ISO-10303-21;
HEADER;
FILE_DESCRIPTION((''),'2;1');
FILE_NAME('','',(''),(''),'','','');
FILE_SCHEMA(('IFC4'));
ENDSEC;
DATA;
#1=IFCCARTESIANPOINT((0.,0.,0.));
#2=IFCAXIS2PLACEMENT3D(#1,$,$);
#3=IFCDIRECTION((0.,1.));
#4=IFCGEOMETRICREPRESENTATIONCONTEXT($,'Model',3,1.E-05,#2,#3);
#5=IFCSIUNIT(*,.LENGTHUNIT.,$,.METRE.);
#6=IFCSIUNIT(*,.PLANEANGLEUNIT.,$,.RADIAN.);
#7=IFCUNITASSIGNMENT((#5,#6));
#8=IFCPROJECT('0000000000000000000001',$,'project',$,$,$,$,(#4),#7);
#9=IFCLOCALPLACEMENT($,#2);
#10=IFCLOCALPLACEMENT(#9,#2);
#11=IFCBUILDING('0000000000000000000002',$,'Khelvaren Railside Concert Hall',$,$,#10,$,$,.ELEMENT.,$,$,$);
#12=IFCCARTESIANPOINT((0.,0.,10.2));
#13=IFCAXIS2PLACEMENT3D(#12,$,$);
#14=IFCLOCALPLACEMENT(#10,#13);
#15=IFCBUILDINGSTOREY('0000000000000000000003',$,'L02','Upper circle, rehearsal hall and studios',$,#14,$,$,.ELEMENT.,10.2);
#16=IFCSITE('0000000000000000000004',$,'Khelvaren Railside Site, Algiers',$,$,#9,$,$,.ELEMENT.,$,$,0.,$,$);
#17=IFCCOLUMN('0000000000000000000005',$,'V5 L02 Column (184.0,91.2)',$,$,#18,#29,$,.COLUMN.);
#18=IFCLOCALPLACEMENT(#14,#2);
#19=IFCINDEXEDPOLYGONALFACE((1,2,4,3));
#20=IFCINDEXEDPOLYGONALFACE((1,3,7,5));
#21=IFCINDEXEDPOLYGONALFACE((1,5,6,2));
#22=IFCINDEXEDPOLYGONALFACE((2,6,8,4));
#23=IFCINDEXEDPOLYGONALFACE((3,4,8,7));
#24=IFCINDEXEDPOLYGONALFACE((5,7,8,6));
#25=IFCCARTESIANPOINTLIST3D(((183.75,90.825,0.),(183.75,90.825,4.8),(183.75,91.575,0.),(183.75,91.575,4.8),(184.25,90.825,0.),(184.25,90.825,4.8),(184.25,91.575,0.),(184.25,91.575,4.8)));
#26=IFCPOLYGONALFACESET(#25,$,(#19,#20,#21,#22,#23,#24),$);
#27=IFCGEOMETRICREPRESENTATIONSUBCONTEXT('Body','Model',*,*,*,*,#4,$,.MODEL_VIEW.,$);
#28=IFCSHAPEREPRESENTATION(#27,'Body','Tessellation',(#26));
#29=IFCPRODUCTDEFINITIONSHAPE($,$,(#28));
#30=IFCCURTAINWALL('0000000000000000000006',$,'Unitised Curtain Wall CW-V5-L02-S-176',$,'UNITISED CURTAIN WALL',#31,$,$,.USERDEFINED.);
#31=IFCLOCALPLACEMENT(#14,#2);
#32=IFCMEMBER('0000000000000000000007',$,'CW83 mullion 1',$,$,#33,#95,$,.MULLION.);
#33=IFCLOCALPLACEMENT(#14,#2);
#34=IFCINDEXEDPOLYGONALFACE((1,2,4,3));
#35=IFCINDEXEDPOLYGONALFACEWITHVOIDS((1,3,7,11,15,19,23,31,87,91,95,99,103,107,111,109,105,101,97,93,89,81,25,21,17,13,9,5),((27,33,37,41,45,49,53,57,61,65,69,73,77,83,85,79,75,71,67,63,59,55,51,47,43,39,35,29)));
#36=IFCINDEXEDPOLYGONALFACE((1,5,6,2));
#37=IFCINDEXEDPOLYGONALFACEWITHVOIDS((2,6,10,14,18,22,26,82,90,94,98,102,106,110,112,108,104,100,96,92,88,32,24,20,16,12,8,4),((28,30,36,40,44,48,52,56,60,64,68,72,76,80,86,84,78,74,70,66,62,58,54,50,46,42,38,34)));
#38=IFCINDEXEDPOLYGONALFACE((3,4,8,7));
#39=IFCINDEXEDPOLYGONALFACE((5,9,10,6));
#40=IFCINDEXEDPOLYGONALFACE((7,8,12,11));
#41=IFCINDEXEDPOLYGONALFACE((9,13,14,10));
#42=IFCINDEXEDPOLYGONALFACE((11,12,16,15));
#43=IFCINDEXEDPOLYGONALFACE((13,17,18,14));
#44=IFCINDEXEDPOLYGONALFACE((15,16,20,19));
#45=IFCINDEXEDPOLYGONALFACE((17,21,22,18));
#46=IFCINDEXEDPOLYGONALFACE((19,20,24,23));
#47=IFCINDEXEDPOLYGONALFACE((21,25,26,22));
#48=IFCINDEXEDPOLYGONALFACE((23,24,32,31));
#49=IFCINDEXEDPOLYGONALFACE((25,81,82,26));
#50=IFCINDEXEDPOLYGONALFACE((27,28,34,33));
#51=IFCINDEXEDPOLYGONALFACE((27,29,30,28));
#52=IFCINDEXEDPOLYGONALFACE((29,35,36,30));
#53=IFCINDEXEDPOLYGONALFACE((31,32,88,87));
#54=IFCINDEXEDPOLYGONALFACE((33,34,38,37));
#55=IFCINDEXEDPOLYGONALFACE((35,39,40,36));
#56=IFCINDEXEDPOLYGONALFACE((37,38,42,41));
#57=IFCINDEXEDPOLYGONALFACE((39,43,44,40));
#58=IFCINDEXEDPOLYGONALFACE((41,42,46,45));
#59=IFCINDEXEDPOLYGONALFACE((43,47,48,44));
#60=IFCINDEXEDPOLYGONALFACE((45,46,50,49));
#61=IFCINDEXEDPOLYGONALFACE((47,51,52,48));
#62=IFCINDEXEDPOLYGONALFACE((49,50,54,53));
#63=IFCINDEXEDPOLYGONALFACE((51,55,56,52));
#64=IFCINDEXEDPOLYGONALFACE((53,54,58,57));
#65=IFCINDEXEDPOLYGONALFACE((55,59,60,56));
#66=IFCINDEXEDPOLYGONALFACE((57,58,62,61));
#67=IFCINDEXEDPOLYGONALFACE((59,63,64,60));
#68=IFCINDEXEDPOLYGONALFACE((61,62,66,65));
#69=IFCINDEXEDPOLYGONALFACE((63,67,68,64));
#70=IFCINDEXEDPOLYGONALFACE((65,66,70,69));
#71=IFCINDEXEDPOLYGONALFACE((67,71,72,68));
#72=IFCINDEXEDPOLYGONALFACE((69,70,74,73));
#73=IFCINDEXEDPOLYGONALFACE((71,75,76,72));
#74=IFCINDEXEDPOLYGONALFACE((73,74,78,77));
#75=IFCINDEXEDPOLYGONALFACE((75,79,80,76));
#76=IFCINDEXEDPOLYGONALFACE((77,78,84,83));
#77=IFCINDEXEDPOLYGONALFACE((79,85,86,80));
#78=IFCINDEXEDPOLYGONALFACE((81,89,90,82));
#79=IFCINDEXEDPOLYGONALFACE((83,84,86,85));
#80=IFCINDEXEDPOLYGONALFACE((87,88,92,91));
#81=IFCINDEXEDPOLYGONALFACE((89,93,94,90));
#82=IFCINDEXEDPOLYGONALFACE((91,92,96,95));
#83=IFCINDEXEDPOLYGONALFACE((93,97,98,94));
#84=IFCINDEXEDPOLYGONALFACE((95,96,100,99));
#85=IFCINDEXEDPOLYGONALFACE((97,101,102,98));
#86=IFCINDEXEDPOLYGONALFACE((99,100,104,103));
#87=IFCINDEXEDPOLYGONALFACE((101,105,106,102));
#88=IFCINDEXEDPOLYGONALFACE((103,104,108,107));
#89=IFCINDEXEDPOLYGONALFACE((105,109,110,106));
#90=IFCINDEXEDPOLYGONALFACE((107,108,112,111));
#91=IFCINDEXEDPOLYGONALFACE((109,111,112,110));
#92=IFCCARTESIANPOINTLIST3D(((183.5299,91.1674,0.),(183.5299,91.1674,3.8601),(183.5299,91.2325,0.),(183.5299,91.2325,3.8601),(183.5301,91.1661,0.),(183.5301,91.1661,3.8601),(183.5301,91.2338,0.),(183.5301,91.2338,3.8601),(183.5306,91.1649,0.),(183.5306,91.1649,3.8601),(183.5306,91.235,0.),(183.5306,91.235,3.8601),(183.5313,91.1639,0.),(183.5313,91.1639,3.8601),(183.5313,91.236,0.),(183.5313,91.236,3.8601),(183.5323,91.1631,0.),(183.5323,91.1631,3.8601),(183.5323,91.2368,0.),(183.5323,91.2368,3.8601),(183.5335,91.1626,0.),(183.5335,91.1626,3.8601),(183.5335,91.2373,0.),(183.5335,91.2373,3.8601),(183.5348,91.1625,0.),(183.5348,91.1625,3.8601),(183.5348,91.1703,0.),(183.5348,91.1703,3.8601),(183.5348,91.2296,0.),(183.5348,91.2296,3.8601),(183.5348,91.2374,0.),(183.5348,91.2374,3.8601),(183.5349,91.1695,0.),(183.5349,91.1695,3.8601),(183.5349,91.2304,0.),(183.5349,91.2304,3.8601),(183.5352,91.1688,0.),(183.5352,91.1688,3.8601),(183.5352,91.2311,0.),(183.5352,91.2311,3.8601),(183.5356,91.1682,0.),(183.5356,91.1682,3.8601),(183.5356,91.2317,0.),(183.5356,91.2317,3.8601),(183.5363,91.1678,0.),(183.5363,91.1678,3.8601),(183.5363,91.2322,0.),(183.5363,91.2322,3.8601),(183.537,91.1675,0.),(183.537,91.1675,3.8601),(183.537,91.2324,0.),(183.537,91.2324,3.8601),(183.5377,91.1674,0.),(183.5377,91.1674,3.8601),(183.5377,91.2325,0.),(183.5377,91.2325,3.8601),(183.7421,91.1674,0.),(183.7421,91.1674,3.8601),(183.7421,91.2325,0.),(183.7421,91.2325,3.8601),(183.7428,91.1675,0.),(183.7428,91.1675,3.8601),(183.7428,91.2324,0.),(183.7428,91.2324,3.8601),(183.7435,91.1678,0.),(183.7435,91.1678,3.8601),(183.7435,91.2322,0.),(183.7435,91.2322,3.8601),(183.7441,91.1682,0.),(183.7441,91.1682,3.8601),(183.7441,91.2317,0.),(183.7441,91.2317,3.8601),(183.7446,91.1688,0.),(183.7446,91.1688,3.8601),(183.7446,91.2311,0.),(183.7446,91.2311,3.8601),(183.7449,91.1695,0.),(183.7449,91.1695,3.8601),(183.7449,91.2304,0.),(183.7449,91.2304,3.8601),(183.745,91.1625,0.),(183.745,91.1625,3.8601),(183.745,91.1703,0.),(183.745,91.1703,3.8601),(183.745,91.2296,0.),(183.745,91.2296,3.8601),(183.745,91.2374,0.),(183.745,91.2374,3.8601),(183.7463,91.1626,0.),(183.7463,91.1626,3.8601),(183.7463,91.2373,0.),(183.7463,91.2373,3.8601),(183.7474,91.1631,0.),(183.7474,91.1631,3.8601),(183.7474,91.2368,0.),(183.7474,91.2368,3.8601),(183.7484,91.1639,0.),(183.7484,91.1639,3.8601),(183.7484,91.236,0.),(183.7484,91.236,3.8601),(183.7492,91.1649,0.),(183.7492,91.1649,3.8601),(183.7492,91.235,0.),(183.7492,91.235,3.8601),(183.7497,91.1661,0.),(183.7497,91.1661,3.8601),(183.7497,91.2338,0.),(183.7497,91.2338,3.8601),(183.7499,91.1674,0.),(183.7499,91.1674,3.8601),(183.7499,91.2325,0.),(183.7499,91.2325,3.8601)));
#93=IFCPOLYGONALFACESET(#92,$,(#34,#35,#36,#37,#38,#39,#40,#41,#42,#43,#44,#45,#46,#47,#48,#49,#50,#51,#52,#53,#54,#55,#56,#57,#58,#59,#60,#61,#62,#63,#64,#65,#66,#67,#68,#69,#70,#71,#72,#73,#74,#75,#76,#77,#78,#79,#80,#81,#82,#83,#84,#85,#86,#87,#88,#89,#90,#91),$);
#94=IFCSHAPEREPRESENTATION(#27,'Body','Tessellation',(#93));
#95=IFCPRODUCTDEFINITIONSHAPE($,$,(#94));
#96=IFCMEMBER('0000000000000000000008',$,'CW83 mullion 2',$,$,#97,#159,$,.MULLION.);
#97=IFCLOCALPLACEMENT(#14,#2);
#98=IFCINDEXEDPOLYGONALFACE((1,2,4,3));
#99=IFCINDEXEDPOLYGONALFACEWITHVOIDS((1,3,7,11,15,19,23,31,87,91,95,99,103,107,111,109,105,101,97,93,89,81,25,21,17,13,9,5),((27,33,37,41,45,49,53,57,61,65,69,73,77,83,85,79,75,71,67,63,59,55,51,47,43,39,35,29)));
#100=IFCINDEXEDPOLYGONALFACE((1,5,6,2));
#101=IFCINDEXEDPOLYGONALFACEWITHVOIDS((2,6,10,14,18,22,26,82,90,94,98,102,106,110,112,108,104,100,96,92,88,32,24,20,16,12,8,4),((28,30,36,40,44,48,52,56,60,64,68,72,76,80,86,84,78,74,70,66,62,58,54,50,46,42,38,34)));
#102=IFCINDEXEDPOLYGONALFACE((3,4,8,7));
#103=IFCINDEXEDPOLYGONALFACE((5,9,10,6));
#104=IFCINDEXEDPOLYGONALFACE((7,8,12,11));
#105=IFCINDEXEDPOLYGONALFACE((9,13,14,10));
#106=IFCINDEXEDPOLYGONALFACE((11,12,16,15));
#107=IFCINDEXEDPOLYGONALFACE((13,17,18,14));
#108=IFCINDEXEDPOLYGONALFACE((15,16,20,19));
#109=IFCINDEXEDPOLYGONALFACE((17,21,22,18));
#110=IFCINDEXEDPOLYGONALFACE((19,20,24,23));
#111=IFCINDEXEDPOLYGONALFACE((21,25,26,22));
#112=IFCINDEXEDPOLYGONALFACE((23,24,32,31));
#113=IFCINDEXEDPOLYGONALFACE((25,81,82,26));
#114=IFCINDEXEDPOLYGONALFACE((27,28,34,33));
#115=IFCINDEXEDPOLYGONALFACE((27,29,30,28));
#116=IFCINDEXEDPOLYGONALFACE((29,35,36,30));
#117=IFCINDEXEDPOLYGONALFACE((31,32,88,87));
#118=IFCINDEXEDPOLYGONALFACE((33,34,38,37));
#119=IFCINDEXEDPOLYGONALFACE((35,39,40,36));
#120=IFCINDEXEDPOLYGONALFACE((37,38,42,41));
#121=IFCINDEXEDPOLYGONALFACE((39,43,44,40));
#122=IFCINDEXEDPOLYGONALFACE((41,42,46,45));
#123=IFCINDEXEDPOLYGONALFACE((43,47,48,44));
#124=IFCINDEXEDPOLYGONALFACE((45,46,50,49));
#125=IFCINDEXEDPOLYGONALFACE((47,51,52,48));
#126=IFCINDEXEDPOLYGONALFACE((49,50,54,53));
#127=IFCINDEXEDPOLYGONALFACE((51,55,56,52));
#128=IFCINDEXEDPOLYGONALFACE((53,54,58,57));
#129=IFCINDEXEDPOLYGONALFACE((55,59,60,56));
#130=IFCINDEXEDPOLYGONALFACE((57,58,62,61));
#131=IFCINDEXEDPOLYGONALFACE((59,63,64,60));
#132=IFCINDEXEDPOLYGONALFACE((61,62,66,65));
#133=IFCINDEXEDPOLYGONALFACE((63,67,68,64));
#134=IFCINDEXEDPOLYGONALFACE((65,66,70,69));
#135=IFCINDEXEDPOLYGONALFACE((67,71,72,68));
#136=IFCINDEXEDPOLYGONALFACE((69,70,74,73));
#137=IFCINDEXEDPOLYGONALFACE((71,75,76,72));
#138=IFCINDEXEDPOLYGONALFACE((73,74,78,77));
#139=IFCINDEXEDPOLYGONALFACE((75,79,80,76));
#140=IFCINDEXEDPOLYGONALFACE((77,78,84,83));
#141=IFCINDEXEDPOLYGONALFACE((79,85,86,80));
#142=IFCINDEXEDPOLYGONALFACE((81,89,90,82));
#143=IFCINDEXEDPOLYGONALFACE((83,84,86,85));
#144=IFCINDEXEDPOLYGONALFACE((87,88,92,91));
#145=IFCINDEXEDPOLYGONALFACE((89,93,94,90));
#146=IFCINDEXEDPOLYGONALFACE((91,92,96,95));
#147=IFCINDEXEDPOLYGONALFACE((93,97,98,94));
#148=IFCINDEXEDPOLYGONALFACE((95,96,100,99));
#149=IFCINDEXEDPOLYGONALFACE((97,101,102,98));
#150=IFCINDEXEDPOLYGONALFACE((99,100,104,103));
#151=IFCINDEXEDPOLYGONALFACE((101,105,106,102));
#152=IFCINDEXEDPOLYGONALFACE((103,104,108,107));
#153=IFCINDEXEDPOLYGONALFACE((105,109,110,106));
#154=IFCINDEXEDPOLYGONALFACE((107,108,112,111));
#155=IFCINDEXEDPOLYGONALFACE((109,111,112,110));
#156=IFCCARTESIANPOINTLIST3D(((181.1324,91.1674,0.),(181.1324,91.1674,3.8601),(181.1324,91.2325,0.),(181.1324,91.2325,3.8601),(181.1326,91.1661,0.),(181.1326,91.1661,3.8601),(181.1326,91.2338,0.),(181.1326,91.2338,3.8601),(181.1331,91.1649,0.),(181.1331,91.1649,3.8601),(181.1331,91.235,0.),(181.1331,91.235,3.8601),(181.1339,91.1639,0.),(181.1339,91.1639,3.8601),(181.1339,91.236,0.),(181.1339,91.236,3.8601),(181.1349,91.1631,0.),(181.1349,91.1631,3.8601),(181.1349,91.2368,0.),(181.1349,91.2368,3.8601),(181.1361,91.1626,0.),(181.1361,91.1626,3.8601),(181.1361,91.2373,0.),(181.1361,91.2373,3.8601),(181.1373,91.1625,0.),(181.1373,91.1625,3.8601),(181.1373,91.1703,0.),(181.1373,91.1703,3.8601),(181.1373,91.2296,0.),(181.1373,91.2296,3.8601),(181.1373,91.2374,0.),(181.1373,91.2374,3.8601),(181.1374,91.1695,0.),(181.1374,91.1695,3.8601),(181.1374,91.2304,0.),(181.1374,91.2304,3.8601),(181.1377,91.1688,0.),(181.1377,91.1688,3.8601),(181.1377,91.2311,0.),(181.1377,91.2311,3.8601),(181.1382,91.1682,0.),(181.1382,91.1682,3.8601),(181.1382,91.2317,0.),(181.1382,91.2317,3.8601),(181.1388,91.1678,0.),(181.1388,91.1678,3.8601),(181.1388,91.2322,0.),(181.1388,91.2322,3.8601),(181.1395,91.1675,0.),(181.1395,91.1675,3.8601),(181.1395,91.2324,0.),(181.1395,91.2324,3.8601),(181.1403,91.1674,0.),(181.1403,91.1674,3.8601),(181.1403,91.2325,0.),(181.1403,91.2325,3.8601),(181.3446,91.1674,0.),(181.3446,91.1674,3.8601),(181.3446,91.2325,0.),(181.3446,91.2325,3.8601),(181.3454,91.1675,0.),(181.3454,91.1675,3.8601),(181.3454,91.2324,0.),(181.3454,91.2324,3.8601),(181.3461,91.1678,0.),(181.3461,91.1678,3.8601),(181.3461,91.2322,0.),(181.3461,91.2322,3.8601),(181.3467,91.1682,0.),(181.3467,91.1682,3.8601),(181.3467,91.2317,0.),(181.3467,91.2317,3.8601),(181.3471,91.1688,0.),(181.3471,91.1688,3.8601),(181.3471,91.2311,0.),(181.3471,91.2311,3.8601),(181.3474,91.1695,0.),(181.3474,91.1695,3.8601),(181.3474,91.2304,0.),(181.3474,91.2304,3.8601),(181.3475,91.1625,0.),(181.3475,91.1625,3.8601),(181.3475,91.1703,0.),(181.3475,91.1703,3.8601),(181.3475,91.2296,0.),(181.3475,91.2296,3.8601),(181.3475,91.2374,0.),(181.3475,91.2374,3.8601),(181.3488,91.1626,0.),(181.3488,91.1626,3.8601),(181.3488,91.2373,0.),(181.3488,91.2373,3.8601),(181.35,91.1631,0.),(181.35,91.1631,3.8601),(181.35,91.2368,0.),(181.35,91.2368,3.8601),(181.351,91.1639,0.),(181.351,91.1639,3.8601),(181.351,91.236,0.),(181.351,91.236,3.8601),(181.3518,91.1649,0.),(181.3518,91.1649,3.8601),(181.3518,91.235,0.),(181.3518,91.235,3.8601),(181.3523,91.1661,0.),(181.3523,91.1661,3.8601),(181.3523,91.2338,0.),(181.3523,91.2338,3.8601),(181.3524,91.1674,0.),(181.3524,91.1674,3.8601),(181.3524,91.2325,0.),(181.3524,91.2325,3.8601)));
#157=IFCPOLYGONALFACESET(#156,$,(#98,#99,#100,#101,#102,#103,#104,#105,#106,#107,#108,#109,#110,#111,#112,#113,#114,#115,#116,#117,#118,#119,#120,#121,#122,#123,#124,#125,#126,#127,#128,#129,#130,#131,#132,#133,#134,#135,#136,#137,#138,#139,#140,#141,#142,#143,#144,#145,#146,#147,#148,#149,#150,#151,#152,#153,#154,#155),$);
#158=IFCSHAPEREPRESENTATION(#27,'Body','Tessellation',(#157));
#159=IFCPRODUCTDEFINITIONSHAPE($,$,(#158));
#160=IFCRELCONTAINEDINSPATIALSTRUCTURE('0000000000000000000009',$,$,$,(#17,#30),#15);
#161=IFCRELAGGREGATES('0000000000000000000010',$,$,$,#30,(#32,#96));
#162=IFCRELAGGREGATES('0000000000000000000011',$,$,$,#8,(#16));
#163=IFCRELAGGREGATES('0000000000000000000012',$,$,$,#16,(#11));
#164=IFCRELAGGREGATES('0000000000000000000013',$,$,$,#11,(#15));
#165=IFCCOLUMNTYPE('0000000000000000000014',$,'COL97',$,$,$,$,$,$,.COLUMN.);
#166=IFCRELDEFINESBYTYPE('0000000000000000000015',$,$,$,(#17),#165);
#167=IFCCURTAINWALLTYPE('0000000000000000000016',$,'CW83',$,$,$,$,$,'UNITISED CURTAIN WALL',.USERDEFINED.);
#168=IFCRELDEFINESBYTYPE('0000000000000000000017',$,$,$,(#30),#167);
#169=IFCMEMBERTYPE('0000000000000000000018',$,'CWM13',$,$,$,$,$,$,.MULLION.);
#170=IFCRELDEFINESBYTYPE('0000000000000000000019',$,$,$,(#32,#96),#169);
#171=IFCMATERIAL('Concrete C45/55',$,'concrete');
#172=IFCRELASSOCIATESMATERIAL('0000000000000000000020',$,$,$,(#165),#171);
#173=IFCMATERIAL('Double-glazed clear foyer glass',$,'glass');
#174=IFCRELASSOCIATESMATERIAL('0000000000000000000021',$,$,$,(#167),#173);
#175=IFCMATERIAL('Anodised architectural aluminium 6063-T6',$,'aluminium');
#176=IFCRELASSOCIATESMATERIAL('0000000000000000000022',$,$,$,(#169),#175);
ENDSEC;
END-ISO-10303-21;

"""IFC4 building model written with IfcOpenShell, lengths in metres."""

from ifc_helpers import new_model, si_unit, direction, frame, origin, origin_2d, place, context, subcontext, project, spatial, rectangle, hollow_rectangle, extrude, material, material_profile, profile_set, type_object, element, aggregate, save


model = new_model("IFC4")

# Units and contexts
model_context = context("Model", 3, precision=1e-05, world=origin(), true_north=direction((0.0, 1.0)))
body_context = subcontext(model_context, "Body", "Model", "MODEL_VIEW")
ifc_project = project(units=[si_unit("LENGTHUNIT", "METRE"), si_unit("PLANEANGLEUNIT", "RADIAN")], contexts=[model_context])

# Site, building, storey
site_placement = place(None, origin())
site = spatial("IfcSite", under=ifc_project, at=site_placement, Name="Khelvaren Railside Site, Algiers", CompositionType="ELEMENT", RefElevation=0.0)
building_placement = place(site_placement, origin())
building = spatial("IfcBuilding", under=site, at=building_placement, Name="Khelvaren Railside Concert Hall", CompositionType="ELEMENT")
storey_placement = place(building_placement, frame((0.0, 0.0, 10.2)))
storey = spatial("IfcBuildingStorey", under=building, at=storey_placement, Name="L02", Description="Upper circle, rehearsal hall and studios", CompositionType="ELEMENT", Elevation=10.2)

# Column
ifc_material_1 = material(Name="Concrete C45/55", Category="concrete")
ifc_material_profile_1 = material_profile(ifc_material_1, rectangle(XDim=0.5, YDim=0.75, at=origin_2d()), Name="RC 500x750")
ifc_profile_set_1 = profile_set([ifc_material_profile_1], Name="Concrete C45/55")
column_type = type_object("IfcColumnType", Name="COL97", PredefinedType="COLUMN", material=ifc_profile_set_1)
column_placement = place(storey_placement, frame((184.0, 91.2, 0.0), z_axis=(0.0, 0.0, 1.0), x_axis=(1.0, 0.0, 0.0)))
element("IfcColumn", 1, at=column_placement, inside=storey, type_object=column_type, Name="V5 L02 Column (184.0,91.2)", PredefinedType="COLUMN", context=body_context, shape_type="SweptSolid", body=[
    extrude(rectangle(XDim=0.5, YDim=0.75, at=origin_2d()), origin(), (0.0, 0.0, 1.0), 4.8),
])

# Curtain wall, members
ifc_material_2 = material(Name="Double-glazed clear foyer glass", Category="glass")
curtain_wall_type_1 = type_object("IfcCurtainWallType", Name="CW83", ElementType="UNITISED CURTAIN WALL", PredefinedType="USERDEFINED", material=ifc_material_2)
curtain_wall_1_placement = place(storey_placement, origin())
curtain_wall_1 = element("IfcCurtainWall", 2, at=curtain_wall_1_placement, inside=storey, type_object=curtain_wall_type_1, Name="Unitised Curtain Wall CW-V5-L02-S-176", ObjectType="UNITISED CURTAIN WALL", PredefinedType="USERDEFINED")
ifc_material_3 = material(Name="Anodised architectural aluminium 6063-T6", Category="aluminium")
ifc_material_profile_2 = material_profile(ifc_material_3, hollow_rectangle(XDim=0.075, YDim=0.22, WallThickness=0.0049, InnerFilletRadius=0.0029, OuterFilletRadius=0.0049, at=origin_2d()), Name="CWM 75x220x5")
ifc_profile_set_2 = profile_set([ifc_material_profile_2], Name="Anodised architectural aluminium 6063-T6")
member_type_1 = type_object("IfcMemberType", Name="CWM13", PredefinedType="MULLION", material=ifc_profile_set_2)
member_1_placement = place(storey_placement, frame((183.6399, 91.2, 0.0), z_axis=(0.0, 0.0, 1.0), x_axis=(0.0, -1.0, 0.0)))
member_1 = element("IfcMember", 3, at=member_1_placement, type_object=member_type_1, Name="CW83 mullion 1", PredefinedType="MULLION", context=body_context, shape_type="SweptSolid", body=[
    extrude(hollow_rectangle(XDim=0.075, YDim=0.22, WallThickness=0.0049, InnerFilletRadius=0.0029, OuterFilletRadius=0.0049, at=origin_2d()), origin(), (0.0, 0.0, 1.0), 3.8601),
])
member_2_placement = place(storey_placement, frame((181.2424, 91.2, 0.0), z_axis=(0.0, 0.0, 1.0), x_axis=(0.0, -1.0, 0.0)))
member_2 = element("IfcMember", 4, at=member_2_placement, type_object=member_type_1, Name="CW83 mullion 2", PredefinedType="MULLION", context=body_context, shape_type="SweptSolid", body=[
    extrude(hollow_rectangle(XDim=0.075, YDim=0.22, WallThickness=0.0049, InnerFilletRadius=0.0029, OuterFilletRadius=0.0049, at=origin_2d()), origin(), (0.0, 0.0, 1.0), 3.8601),
])

aggregate(curtain_wall_1, [member_1, member_2])

save(model, "model.ifc")
